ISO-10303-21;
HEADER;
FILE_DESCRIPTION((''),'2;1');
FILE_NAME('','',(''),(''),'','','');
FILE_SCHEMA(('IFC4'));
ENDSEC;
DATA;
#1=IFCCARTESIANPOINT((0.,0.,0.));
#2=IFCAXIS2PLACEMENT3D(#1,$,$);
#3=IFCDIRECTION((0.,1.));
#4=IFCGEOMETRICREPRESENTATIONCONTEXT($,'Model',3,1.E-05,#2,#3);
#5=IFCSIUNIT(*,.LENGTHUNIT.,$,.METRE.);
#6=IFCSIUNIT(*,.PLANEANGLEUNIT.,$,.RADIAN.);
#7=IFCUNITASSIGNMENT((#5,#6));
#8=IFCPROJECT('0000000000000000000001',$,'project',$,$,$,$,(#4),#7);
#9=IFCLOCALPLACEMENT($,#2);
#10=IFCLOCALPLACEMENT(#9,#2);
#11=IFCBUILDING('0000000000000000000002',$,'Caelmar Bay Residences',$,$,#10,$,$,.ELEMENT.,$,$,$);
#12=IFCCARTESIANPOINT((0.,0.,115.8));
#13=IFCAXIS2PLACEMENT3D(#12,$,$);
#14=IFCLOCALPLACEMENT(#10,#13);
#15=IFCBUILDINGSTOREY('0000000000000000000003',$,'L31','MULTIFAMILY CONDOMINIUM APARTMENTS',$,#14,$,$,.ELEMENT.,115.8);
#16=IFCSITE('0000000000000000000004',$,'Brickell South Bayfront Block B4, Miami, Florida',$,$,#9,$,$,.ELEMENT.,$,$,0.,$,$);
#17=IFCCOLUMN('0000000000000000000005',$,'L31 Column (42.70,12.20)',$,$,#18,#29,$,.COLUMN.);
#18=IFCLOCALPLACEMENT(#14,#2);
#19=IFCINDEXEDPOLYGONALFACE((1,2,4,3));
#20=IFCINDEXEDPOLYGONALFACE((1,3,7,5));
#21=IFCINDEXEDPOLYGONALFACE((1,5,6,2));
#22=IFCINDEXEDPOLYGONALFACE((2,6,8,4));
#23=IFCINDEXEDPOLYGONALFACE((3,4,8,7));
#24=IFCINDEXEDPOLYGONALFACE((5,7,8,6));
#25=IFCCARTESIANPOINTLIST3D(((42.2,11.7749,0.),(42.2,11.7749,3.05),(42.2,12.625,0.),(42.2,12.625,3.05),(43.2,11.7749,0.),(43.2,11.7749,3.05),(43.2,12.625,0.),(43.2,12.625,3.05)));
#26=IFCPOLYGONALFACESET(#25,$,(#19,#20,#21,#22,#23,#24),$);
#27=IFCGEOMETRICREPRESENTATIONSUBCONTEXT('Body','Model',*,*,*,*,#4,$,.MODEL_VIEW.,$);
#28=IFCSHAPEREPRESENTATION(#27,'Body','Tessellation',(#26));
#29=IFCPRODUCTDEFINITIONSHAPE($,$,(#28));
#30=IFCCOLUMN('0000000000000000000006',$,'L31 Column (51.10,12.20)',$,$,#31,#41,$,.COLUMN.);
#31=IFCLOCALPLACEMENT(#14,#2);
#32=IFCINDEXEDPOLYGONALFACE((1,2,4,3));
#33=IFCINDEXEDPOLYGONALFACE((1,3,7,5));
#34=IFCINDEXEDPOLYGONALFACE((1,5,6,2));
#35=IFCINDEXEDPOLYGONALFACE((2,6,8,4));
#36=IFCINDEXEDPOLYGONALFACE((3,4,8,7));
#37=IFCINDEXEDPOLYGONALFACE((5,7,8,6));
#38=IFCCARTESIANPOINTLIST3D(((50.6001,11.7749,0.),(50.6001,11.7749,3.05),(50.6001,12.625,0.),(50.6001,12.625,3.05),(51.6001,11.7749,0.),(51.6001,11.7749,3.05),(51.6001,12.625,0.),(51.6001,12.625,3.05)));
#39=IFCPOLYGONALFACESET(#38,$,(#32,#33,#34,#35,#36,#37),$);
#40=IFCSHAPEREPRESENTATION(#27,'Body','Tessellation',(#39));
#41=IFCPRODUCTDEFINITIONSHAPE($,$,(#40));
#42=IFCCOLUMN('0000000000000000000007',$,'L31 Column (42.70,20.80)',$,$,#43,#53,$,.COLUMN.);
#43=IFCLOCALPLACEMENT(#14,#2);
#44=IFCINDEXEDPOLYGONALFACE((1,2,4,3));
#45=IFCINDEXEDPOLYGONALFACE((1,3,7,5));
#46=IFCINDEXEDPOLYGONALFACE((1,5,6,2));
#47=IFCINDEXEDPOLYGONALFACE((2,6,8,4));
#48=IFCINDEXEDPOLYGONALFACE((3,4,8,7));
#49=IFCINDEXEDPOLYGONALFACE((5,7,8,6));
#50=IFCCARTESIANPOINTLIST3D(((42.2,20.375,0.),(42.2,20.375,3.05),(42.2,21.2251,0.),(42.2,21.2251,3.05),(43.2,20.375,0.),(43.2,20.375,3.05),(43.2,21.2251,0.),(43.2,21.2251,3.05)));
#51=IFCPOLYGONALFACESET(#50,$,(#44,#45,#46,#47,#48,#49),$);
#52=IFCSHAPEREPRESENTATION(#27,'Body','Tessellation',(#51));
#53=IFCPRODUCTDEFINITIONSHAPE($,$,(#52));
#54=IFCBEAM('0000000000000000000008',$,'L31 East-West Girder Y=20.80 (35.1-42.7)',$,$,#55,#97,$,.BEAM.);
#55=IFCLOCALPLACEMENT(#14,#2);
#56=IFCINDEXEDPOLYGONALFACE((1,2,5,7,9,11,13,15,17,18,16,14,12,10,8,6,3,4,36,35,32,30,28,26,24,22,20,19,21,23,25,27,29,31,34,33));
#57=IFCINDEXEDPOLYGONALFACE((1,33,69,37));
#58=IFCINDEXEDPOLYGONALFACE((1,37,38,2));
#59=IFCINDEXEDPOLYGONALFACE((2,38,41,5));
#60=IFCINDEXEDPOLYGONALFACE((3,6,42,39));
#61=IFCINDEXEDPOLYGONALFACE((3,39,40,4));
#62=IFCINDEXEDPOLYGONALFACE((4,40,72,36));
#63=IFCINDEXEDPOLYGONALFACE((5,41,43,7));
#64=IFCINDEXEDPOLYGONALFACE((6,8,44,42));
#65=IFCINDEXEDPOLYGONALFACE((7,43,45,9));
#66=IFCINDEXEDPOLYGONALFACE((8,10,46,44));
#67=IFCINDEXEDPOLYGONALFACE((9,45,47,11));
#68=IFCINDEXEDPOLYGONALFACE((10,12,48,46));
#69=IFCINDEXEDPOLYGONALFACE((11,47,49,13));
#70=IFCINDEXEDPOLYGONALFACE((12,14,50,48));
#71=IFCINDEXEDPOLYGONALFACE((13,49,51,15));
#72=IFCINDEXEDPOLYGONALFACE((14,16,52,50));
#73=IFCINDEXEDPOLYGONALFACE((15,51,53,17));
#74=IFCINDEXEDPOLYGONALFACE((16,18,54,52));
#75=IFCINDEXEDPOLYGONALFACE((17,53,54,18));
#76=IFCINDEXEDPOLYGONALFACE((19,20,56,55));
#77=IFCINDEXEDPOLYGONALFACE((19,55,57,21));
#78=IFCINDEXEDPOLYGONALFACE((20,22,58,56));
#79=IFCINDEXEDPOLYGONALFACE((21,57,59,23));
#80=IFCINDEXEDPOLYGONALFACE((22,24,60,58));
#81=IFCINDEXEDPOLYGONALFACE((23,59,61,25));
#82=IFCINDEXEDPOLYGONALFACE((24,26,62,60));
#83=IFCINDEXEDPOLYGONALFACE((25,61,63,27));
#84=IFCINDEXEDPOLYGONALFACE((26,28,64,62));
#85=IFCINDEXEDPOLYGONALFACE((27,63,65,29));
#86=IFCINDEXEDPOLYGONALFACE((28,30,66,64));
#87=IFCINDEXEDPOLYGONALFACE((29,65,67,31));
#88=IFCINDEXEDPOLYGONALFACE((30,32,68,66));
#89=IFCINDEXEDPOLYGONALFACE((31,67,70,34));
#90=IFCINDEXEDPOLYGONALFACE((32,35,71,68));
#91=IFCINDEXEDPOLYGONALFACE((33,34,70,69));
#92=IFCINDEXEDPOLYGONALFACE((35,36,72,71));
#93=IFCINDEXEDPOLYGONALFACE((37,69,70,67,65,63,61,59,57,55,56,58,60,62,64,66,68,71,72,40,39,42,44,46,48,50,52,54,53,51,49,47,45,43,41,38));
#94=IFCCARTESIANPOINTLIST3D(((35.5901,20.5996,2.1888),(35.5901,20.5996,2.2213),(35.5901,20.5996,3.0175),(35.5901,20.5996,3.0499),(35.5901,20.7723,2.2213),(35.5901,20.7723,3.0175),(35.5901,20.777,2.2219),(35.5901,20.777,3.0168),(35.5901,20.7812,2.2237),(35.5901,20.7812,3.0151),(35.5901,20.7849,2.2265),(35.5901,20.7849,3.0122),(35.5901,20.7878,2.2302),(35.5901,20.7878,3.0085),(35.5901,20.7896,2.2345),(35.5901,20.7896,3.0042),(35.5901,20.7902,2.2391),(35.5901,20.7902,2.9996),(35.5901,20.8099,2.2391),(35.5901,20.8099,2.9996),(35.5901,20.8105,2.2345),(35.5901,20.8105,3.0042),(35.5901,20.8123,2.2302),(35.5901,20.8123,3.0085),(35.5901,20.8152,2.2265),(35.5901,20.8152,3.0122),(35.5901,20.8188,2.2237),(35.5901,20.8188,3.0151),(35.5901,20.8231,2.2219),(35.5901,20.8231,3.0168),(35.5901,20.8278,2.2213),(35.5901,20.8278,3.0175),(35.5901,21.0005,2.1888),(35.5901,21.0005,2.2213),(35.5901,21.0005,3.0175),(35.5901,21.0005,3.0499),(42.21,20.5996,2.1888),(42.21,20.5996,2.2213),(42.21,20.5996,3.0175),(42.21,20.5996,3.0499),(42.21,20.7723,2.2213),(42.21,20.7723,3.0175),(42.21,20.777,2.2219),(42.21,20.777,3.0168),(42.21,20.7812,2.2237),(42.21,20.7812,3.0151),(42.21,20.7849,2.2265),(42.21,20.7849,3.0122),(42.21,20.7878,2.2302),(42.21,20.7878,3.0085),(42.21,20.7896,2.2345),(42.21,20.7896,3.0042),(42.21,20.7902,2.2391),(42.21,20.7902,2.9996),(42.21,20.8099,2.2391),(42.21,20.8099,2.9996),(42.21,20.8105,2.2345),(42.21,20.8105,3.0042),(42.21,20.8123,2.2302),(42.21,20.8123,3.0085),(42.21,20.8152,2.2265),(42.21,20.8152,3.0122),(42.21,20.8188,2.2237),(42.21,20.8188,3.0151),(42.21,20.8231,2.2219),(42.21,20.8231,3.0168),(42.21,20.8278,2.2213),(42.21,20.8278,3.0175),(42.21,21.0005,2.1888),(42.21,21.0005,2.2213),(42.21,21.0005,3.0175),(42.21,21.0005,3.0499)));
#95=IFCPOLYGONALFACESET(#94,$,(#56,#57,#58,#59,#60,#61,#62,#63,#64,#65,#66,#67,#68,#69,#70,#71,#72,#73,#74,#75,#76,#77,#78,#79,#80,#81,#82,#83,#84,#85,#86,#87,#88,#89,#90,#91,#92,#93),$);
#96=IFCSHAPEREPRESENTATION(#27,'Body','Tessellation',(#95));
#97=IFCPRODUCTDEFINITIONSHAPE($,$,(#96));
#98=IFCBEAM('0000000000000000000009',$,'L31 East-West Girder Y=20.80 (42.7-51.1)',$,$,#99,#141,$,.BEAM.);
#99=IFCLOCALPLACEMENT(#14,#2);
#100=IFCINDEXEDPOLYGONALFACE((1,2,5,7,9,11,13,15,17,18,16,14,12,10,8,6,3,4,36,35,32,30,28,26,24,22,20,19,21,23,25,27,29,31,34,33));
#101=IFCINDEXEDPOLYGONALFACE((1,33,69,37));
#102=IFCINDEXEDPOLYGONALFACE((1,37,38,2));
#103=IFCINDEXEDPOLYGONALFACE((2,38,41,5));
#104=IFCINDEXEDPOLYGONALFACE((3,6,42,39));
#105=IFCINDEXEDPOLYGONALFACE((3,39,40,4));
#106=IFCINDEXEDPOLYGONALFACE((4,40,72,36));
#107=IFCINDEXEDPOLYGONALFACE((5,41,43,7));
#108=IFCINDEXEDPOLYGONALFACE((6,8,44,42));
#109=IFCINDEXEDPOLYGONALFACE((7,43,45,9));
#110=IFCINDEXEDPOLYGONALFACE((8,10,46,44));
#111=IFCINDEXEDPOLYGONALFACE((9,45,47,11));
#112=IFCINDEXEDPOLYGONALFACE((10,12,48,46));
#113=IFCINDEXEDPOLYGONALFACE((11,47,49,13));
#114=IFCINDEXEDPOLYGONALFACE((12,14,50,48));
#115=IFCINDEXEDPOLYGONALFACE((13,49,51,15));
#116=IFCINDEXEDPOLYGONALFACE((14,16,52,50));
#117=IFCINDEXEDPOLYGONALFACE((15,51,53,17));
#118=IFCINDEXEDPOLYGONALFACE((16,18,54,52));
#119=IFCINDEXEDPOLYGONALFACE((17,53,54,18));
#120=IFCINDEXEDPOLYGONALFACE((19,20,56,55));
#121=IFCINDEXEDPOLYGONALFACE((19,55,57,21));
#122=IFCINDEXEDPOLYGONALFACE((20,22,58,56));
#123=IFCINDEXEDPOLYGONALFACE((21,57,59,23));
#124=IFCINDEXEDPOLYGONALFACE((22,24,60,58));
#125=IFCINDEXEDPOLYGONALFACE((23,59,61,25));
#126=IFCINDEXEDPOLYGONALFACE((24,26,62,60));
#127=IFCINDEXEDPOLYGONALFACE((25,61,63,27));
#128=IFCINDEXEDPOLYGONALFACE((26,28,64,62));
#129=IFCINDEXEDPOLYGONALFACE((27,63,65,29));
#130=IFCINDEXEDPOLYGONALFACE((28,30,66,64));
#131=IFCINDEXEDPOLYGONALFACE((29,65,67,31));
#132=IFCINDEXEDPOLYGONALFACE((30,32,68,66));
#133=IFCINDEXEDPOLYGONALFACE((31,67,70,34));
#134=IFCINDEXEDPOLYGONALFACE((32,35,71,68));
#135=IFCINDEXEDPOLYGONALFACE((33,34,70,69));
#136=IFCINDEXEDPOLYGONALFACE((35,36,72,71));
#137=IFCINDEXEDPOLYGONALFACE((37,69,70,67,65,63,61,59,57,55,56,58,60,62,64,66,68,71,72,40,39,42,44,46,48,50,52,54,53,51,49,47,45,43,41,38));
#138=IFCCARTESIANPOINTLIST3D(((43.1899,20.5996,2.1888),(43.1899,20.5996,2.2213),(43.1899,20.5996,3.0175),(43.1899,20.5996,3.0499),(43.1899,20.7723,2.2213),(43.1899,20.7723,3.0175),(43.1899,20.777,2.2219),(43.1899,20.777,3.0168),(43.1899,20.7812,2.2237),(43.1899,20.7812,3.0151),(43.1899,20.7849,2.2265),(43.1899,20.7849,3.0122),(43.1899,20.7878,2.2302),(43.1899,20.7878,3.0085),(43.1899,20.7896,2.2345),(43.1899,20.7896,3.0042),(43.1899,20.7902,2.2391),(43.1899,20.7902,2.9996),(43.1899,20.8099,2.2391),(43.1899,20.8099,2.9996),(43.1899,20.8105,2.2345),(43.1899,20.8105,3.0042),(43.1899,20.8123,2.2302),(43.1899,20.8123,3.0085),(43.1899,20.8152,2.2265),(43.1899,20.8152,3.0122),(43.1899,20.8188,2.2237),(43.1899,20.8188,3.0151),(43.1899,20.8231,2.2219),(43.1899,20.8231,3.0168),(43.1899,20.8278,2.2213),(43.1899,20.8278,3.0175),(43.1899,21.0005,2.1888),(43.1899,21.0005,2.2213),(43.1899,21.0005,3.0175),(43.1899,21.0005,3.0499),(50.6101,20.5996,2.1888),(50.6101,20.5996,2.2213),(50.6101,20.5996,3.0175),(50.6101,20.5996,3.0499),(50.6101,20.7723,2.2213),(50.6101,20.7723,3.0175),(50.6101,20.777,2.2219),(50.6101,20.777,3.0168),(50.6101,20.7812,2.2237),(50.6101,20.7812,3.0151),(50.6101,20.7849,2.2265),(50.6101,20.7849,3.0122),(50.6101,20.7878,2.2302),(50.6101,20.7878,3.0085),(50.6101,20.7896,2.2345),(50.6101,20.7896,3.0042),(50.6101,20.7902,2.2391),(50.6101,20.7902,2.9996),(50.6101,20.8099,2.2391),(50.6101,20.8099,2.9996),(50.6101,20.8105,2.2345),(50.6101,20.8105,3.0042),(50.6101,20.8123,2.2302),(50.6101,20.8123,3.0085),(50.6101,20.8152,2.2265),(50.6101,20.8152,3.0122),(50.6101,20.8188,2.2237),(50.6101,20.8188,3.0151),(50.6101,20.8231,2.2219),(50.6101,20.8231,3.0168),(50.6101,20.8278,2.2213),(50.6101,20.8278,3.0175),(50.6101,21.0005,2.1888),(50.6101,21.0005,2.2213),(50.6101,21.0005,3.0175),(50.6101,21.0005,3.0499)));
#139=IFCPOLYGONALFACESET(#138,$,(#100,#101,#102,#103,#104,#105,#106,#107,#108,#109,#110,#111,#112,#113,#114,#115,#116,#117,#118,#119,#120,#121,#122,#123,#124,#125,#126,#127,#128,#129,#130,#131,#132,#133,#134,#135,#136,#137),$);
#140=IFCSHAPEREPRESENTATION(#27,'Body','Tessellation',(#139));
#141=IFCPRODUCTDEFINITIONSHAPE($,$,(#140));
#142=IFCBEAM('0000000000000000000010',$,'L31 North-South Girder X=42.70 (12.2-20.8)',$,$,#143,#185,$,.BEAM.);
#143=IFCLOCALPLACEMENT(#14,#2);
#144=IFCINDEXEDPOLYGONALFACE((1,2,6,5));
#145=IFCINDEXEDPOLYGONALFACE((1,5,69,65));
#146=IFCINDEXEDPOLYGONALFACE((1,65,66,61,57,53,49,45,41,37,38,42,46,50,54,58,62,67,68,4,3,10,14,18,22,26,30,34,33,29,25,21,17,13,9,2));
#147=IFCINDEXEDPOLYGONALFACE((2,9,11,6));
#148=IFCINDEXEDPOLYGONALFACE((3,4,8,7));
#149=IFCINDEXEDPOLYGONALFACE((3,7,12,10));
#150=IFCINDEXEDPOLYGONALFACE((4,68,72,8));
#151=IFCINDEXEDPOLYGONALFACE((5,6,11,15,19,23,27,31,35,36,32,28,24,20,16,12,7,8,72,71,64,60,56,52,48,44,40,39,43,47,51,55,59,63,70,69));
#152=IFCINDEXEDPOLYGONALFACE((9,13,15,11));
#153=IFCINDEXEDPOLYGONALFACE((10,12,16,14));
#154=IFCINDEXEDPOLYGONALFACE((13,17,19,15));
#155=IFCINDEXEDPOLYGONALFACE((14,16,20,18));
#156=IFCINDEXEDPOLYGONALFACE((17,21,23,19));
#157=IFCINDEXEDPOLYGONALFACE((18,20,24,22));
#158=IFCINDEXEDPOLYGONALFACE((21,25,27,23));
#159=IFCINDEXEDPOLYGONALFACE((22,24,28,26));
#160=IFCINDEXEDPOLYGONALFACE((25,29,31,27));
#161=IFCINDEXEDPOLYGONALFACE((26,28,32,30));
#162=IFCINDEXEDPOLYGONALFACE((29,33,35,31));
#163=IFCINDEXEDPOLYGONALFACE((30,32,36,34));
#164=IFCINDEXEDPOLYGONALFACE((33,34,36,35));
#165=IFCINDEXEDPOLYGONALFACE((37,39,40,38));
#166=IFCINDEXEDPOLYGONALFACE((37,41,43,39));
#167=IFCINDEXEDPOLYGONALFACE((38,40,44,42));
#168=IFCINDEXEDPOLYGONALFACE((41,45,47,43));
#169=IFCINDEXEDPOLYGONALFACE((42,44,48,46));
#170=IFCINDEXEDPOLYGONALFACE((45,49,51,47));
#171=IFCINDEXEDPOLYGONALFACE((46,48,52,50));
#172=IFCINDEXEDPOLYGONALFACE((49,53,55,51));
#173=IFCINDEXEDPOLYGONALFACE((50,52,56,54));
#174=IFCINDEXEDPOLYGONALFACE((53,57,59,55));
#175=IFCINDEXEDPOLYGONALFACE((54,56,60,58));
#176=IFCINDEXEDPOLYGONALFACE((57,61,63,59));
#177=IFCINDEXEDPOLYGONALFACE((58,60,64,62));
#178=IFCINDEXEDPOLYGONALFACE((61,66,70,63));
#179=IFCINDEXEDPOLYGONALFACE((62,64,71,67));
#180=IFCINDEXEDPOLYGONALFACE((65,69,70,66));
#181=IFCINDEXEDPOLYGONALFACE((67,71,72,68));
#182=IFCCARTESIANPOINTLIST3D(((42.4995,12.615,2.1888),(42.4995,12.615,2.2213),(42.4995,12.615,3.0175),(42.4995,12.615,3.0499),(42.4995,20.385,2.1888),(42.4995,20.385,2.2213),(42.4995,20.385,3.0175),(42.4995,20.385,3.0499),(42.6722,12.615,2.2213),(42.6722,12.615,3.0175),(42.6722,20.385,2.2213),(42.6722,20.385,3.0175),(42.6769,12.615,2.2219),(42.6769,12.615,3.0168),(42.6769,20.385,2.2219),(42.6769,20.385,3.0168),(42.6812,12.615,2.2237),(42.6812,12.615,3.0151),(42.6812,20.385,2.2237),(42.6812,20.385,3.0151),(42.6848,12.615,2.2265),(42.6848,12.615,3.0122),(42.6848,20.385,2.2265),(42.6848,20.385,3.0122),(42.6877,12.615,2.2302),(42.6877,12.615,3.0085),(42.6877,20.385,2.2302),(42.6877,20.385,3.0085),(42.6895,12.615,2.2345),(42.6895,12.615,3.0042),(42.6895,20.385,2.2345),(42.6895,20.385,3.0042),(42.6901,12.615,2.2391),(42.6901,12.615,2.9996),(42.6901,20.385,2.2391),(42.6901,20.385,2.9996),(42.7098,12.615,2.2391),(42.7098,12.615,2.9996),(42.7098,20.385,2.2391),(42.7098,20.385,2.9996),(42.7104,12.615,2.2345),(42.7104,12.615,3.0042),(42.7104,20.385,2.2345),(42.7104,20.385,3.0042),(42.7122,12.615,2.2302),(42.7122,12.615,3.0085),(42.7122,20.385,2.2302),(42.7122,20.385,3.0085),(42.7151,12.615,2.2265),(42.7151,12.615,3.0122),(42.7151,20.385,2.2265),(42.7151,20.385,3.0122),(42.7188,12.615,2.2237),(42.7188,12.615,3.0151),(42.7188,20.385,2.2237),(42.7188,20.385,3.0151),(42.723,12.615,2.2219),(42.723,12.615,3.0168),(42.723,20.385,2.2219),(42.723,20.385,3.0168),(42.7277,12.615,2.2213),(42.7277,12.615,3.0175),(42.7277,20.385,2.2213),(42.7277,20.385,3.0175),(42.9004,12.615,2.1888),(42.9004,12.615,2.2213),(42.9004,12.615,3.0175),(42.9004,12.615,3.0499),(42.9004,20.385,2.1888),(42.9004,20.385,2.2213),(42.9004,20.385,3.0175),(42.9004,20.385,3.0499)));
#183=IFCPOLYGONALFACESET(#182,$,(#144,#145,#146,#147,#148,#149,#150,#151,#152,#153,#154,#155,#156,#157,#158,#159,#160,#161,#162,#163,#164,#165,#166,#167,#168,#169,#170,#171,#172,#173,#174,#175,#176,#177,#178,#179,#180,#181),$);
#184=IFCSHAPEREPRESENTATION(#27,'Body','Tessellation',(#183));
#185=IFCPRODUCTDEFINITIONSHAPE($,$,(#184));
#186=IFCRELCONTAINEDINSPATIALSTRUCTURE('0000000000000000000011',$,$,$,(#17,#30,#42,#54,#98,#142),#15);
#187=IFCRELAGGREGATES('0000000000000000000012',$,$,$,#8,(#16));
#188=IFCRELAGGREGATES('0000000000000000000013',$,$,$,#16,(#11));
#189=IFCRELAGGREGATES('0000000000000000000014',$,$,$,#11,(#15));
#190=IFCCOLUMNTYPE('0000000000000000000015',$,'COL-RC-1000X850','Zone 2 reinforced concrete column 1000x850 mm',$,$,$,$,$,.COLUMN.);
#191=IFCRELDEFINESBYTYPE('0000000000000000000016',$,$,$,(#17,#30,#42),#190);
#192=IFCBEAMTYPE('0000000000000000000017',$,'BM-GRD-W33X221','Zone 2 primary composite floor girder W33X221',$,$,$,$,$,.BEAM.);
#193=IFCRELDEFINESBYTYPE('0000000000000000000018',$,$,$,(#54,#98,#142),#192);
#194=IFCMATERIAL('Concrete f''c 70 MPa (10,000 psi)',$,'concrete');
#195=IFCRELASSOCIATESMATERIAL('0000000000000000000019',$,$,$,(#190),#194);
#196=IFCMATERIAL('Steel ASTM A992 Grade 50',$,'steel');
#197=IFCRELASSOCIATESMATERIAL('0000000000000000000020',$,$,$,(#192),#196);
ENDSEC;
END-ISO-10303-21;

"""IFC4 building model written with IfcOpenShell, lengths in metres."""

from ifc_helpers import new_model, si_unit, direction, frame, origin, origin_2d, place, context, subcontext, project, spatial, rectangle, i_section, extrude, material, material_profile, profile_set, type_object, element, save


model = new_model("IFC4")

# Units and contexts
model_context = context("Model", 3, precision=1e-05, world=origin(), true_north=direction((0.0, 1.0)))
body_context = subcontext(model_context, "Body", "Model", "MODEL_VIEW")
ifc_project = project(units=[si_unit("LENGTHUNIT", "METRE"), si_unit("PLANEANGLEUNIT", "RADIAN")], contexts=[model_context])

# Site, building, storey
site_placement = place(None, origin())
site = spatial("IfcSite", under=ifc_project, at=site_placement, Name="Brickell South Bayfront Block B4, Miami, Florida", CompositionType="ELEMENT", RefElevation=0.0)
building_placement = place(site_placement, origin())
building = spatial("IfcBuilding", under=site, at=building_placement, Name="Caelmar Bay Residences", CompositionType="ELEMENT")
storey_placement = place(building_placement, frame((0.0, 0.0, 115.8)))
storey = spatial("IfcBuildingStorey", under=building, at=storey_placement, Name="L31", Description="MULTIFAMILY CONDOMINIUM APARTMENTS", CompositionType="ELEMENT", Elevation=115.8)

# Columns
ifc_material_1 = material(Name="Concrete f'c 70 MPa (10,000 psi)", Category="concrete")
ifc_material_profile_1 = material_profile(ifc_material_1, rectangle(XDim=1.0, YDim=0.8501, at=origin_2d()), Name="RC-COL-1000X850")
ifc_profile_set_1 = profile_set([ifc_material_profile_1], Name="Concrete f'c 70 MPa (10,000 psi)")
column_type = type_object("IfcColumnType", Name="COL-RC-1000X850", Description="Zone 2 reinforced concrete column 1000x850 mm", PredefinedType="COLUMN", material=ifc_profile_set_1)
for number, where, z_axis, x_axis, name in (
    (1, (42.7, 12.2, 0.0), (0.0, 0.0, 1.0), (1.0, 0.0, 0.0), "L31 Column (42.70,12.20)"),
    (2, (51.1001, 12.2, 0.0), (0.0, 0.0, 1.0), (1.0, 0.0, 0.0), "L31 Column (51.10,12.20)"),
    (3, (42.7, 20.8, 0.0), (0.0, 0.0, 1.0), (1.0, 0.0, 0.0), "L31 Column (42.70,20.80)"),
):
    element("IfcColumn", number, at=place(storey_placement, frame(where, z_axis=z_axis, x_axis=x_axis)), inside=storey, type_object=column_type, Name=name, PredefinedType="COLUMN", context=body_context, shape_type="SweptSolid", body=[
        extrude(rectangle(XDim=1.0, YDim=0.8501, at=origin_2d()), origin(), (0.0, 0.0, 1.0), 3.05),
    ])

# Beams
ifc_material_2 = material(Name="Steel ASTM A992 Grade 50", Category="steel")
ifc_material_profile_2 = material_profile(ifc_material_2, i_section(OverallWidth=0.4009, OverallDepth=0.8611, WebThickness=0.0198, FlangeThickness=0.0325, FilletRadius=0.0178, at=origin_2d()), Name="W33X221")
ifc_profile_set_2 = profile_set([ifc_material_profile_2], Name="Steel ASTM A992 Grade 50")
beam_type_1 = type_object("IfcBeamType", Name="BM-GRD-W33X221", Description="Zone 2 primary composite floor girder W33X221", PredefinedType="BEAM", material=ifc_profile_set_2)
beam_1_placement = place(storey_placement, frame((35.5901, 20.8, 2.6194), z_axis=(1.0, 0.0, 0.0), x_axis=(0.0, 1.0, 0.0)))
element("IfcBeam", 4, at=beam_1_placement, inside=storey, type_object=beam_type_1, Name="L31 East-West Girder Y=20.80 (35.1-42.7)", PredefinedType="BEAM", context=body_context, shape_type="SweptSolid", body=[
    extrude(i_section(OverallWidth=0.4009, OverallDepth=0.8611, WebThickness=0.0198, FlangeThickness=0.0325, FilletRadius=0.0178, at=origin_2d()), origin(), (0.0, 0.0, 1.0), 6.6199),
])
beam_2_placement = place(storey_placement, frame((43.1899, 20.8, 2.6194), z_axis=(1.0, 0.0, 0.0), x_axis=(0.0, 1.0, 0.0)))
element("IfcBeam", 5, at=beam_2_placement, inside=storey, type_object=beam_type_1, Name="L31 East-West Girder Y=20.80 (42.7-51.1)", PredefinedType="BEAM", context=body_context, shape_type="SweptSolid", body=[
    extrude(i_section(OverallWidth=0.4009, OverallDepth=0.8611, WebThickness=0.0198, FlangeThickness=0.0325, FilletRadius=0.0178, at=origin_2d()), origin(), (0.0, 0.0, 1.0), 7.4202),
])
for number, where, z_axis, x_axis, name in (
    (6, (42.7, 12.615, 2.6194), (0.0, 1.0, 0.0), (-1.0, 0.0, 0.0), "L31 North-South Girder X=42.70 (12.2-20.8)"),
):
    element("IfcBeam", number, at=place(storey_placement, frame(where, z_axis=z_axis, x_axis=x_axis)), inside=storey, type_object=beam_type_1, Name=name, PredefinedType="BEAM", context=body_context, shape_type="SweptSolid", body=[
        extrude(i_section(OverallWidth=0.4009, OverallDepth=0.8611, WebThickness=0.0198, FlangeThickness=0.0325, FilletRadius=0.0178, at=origin_2d()), origin(), (0.0, 0.0, 1.0), 7.77),
    ])

save(model, "model.ifc")
